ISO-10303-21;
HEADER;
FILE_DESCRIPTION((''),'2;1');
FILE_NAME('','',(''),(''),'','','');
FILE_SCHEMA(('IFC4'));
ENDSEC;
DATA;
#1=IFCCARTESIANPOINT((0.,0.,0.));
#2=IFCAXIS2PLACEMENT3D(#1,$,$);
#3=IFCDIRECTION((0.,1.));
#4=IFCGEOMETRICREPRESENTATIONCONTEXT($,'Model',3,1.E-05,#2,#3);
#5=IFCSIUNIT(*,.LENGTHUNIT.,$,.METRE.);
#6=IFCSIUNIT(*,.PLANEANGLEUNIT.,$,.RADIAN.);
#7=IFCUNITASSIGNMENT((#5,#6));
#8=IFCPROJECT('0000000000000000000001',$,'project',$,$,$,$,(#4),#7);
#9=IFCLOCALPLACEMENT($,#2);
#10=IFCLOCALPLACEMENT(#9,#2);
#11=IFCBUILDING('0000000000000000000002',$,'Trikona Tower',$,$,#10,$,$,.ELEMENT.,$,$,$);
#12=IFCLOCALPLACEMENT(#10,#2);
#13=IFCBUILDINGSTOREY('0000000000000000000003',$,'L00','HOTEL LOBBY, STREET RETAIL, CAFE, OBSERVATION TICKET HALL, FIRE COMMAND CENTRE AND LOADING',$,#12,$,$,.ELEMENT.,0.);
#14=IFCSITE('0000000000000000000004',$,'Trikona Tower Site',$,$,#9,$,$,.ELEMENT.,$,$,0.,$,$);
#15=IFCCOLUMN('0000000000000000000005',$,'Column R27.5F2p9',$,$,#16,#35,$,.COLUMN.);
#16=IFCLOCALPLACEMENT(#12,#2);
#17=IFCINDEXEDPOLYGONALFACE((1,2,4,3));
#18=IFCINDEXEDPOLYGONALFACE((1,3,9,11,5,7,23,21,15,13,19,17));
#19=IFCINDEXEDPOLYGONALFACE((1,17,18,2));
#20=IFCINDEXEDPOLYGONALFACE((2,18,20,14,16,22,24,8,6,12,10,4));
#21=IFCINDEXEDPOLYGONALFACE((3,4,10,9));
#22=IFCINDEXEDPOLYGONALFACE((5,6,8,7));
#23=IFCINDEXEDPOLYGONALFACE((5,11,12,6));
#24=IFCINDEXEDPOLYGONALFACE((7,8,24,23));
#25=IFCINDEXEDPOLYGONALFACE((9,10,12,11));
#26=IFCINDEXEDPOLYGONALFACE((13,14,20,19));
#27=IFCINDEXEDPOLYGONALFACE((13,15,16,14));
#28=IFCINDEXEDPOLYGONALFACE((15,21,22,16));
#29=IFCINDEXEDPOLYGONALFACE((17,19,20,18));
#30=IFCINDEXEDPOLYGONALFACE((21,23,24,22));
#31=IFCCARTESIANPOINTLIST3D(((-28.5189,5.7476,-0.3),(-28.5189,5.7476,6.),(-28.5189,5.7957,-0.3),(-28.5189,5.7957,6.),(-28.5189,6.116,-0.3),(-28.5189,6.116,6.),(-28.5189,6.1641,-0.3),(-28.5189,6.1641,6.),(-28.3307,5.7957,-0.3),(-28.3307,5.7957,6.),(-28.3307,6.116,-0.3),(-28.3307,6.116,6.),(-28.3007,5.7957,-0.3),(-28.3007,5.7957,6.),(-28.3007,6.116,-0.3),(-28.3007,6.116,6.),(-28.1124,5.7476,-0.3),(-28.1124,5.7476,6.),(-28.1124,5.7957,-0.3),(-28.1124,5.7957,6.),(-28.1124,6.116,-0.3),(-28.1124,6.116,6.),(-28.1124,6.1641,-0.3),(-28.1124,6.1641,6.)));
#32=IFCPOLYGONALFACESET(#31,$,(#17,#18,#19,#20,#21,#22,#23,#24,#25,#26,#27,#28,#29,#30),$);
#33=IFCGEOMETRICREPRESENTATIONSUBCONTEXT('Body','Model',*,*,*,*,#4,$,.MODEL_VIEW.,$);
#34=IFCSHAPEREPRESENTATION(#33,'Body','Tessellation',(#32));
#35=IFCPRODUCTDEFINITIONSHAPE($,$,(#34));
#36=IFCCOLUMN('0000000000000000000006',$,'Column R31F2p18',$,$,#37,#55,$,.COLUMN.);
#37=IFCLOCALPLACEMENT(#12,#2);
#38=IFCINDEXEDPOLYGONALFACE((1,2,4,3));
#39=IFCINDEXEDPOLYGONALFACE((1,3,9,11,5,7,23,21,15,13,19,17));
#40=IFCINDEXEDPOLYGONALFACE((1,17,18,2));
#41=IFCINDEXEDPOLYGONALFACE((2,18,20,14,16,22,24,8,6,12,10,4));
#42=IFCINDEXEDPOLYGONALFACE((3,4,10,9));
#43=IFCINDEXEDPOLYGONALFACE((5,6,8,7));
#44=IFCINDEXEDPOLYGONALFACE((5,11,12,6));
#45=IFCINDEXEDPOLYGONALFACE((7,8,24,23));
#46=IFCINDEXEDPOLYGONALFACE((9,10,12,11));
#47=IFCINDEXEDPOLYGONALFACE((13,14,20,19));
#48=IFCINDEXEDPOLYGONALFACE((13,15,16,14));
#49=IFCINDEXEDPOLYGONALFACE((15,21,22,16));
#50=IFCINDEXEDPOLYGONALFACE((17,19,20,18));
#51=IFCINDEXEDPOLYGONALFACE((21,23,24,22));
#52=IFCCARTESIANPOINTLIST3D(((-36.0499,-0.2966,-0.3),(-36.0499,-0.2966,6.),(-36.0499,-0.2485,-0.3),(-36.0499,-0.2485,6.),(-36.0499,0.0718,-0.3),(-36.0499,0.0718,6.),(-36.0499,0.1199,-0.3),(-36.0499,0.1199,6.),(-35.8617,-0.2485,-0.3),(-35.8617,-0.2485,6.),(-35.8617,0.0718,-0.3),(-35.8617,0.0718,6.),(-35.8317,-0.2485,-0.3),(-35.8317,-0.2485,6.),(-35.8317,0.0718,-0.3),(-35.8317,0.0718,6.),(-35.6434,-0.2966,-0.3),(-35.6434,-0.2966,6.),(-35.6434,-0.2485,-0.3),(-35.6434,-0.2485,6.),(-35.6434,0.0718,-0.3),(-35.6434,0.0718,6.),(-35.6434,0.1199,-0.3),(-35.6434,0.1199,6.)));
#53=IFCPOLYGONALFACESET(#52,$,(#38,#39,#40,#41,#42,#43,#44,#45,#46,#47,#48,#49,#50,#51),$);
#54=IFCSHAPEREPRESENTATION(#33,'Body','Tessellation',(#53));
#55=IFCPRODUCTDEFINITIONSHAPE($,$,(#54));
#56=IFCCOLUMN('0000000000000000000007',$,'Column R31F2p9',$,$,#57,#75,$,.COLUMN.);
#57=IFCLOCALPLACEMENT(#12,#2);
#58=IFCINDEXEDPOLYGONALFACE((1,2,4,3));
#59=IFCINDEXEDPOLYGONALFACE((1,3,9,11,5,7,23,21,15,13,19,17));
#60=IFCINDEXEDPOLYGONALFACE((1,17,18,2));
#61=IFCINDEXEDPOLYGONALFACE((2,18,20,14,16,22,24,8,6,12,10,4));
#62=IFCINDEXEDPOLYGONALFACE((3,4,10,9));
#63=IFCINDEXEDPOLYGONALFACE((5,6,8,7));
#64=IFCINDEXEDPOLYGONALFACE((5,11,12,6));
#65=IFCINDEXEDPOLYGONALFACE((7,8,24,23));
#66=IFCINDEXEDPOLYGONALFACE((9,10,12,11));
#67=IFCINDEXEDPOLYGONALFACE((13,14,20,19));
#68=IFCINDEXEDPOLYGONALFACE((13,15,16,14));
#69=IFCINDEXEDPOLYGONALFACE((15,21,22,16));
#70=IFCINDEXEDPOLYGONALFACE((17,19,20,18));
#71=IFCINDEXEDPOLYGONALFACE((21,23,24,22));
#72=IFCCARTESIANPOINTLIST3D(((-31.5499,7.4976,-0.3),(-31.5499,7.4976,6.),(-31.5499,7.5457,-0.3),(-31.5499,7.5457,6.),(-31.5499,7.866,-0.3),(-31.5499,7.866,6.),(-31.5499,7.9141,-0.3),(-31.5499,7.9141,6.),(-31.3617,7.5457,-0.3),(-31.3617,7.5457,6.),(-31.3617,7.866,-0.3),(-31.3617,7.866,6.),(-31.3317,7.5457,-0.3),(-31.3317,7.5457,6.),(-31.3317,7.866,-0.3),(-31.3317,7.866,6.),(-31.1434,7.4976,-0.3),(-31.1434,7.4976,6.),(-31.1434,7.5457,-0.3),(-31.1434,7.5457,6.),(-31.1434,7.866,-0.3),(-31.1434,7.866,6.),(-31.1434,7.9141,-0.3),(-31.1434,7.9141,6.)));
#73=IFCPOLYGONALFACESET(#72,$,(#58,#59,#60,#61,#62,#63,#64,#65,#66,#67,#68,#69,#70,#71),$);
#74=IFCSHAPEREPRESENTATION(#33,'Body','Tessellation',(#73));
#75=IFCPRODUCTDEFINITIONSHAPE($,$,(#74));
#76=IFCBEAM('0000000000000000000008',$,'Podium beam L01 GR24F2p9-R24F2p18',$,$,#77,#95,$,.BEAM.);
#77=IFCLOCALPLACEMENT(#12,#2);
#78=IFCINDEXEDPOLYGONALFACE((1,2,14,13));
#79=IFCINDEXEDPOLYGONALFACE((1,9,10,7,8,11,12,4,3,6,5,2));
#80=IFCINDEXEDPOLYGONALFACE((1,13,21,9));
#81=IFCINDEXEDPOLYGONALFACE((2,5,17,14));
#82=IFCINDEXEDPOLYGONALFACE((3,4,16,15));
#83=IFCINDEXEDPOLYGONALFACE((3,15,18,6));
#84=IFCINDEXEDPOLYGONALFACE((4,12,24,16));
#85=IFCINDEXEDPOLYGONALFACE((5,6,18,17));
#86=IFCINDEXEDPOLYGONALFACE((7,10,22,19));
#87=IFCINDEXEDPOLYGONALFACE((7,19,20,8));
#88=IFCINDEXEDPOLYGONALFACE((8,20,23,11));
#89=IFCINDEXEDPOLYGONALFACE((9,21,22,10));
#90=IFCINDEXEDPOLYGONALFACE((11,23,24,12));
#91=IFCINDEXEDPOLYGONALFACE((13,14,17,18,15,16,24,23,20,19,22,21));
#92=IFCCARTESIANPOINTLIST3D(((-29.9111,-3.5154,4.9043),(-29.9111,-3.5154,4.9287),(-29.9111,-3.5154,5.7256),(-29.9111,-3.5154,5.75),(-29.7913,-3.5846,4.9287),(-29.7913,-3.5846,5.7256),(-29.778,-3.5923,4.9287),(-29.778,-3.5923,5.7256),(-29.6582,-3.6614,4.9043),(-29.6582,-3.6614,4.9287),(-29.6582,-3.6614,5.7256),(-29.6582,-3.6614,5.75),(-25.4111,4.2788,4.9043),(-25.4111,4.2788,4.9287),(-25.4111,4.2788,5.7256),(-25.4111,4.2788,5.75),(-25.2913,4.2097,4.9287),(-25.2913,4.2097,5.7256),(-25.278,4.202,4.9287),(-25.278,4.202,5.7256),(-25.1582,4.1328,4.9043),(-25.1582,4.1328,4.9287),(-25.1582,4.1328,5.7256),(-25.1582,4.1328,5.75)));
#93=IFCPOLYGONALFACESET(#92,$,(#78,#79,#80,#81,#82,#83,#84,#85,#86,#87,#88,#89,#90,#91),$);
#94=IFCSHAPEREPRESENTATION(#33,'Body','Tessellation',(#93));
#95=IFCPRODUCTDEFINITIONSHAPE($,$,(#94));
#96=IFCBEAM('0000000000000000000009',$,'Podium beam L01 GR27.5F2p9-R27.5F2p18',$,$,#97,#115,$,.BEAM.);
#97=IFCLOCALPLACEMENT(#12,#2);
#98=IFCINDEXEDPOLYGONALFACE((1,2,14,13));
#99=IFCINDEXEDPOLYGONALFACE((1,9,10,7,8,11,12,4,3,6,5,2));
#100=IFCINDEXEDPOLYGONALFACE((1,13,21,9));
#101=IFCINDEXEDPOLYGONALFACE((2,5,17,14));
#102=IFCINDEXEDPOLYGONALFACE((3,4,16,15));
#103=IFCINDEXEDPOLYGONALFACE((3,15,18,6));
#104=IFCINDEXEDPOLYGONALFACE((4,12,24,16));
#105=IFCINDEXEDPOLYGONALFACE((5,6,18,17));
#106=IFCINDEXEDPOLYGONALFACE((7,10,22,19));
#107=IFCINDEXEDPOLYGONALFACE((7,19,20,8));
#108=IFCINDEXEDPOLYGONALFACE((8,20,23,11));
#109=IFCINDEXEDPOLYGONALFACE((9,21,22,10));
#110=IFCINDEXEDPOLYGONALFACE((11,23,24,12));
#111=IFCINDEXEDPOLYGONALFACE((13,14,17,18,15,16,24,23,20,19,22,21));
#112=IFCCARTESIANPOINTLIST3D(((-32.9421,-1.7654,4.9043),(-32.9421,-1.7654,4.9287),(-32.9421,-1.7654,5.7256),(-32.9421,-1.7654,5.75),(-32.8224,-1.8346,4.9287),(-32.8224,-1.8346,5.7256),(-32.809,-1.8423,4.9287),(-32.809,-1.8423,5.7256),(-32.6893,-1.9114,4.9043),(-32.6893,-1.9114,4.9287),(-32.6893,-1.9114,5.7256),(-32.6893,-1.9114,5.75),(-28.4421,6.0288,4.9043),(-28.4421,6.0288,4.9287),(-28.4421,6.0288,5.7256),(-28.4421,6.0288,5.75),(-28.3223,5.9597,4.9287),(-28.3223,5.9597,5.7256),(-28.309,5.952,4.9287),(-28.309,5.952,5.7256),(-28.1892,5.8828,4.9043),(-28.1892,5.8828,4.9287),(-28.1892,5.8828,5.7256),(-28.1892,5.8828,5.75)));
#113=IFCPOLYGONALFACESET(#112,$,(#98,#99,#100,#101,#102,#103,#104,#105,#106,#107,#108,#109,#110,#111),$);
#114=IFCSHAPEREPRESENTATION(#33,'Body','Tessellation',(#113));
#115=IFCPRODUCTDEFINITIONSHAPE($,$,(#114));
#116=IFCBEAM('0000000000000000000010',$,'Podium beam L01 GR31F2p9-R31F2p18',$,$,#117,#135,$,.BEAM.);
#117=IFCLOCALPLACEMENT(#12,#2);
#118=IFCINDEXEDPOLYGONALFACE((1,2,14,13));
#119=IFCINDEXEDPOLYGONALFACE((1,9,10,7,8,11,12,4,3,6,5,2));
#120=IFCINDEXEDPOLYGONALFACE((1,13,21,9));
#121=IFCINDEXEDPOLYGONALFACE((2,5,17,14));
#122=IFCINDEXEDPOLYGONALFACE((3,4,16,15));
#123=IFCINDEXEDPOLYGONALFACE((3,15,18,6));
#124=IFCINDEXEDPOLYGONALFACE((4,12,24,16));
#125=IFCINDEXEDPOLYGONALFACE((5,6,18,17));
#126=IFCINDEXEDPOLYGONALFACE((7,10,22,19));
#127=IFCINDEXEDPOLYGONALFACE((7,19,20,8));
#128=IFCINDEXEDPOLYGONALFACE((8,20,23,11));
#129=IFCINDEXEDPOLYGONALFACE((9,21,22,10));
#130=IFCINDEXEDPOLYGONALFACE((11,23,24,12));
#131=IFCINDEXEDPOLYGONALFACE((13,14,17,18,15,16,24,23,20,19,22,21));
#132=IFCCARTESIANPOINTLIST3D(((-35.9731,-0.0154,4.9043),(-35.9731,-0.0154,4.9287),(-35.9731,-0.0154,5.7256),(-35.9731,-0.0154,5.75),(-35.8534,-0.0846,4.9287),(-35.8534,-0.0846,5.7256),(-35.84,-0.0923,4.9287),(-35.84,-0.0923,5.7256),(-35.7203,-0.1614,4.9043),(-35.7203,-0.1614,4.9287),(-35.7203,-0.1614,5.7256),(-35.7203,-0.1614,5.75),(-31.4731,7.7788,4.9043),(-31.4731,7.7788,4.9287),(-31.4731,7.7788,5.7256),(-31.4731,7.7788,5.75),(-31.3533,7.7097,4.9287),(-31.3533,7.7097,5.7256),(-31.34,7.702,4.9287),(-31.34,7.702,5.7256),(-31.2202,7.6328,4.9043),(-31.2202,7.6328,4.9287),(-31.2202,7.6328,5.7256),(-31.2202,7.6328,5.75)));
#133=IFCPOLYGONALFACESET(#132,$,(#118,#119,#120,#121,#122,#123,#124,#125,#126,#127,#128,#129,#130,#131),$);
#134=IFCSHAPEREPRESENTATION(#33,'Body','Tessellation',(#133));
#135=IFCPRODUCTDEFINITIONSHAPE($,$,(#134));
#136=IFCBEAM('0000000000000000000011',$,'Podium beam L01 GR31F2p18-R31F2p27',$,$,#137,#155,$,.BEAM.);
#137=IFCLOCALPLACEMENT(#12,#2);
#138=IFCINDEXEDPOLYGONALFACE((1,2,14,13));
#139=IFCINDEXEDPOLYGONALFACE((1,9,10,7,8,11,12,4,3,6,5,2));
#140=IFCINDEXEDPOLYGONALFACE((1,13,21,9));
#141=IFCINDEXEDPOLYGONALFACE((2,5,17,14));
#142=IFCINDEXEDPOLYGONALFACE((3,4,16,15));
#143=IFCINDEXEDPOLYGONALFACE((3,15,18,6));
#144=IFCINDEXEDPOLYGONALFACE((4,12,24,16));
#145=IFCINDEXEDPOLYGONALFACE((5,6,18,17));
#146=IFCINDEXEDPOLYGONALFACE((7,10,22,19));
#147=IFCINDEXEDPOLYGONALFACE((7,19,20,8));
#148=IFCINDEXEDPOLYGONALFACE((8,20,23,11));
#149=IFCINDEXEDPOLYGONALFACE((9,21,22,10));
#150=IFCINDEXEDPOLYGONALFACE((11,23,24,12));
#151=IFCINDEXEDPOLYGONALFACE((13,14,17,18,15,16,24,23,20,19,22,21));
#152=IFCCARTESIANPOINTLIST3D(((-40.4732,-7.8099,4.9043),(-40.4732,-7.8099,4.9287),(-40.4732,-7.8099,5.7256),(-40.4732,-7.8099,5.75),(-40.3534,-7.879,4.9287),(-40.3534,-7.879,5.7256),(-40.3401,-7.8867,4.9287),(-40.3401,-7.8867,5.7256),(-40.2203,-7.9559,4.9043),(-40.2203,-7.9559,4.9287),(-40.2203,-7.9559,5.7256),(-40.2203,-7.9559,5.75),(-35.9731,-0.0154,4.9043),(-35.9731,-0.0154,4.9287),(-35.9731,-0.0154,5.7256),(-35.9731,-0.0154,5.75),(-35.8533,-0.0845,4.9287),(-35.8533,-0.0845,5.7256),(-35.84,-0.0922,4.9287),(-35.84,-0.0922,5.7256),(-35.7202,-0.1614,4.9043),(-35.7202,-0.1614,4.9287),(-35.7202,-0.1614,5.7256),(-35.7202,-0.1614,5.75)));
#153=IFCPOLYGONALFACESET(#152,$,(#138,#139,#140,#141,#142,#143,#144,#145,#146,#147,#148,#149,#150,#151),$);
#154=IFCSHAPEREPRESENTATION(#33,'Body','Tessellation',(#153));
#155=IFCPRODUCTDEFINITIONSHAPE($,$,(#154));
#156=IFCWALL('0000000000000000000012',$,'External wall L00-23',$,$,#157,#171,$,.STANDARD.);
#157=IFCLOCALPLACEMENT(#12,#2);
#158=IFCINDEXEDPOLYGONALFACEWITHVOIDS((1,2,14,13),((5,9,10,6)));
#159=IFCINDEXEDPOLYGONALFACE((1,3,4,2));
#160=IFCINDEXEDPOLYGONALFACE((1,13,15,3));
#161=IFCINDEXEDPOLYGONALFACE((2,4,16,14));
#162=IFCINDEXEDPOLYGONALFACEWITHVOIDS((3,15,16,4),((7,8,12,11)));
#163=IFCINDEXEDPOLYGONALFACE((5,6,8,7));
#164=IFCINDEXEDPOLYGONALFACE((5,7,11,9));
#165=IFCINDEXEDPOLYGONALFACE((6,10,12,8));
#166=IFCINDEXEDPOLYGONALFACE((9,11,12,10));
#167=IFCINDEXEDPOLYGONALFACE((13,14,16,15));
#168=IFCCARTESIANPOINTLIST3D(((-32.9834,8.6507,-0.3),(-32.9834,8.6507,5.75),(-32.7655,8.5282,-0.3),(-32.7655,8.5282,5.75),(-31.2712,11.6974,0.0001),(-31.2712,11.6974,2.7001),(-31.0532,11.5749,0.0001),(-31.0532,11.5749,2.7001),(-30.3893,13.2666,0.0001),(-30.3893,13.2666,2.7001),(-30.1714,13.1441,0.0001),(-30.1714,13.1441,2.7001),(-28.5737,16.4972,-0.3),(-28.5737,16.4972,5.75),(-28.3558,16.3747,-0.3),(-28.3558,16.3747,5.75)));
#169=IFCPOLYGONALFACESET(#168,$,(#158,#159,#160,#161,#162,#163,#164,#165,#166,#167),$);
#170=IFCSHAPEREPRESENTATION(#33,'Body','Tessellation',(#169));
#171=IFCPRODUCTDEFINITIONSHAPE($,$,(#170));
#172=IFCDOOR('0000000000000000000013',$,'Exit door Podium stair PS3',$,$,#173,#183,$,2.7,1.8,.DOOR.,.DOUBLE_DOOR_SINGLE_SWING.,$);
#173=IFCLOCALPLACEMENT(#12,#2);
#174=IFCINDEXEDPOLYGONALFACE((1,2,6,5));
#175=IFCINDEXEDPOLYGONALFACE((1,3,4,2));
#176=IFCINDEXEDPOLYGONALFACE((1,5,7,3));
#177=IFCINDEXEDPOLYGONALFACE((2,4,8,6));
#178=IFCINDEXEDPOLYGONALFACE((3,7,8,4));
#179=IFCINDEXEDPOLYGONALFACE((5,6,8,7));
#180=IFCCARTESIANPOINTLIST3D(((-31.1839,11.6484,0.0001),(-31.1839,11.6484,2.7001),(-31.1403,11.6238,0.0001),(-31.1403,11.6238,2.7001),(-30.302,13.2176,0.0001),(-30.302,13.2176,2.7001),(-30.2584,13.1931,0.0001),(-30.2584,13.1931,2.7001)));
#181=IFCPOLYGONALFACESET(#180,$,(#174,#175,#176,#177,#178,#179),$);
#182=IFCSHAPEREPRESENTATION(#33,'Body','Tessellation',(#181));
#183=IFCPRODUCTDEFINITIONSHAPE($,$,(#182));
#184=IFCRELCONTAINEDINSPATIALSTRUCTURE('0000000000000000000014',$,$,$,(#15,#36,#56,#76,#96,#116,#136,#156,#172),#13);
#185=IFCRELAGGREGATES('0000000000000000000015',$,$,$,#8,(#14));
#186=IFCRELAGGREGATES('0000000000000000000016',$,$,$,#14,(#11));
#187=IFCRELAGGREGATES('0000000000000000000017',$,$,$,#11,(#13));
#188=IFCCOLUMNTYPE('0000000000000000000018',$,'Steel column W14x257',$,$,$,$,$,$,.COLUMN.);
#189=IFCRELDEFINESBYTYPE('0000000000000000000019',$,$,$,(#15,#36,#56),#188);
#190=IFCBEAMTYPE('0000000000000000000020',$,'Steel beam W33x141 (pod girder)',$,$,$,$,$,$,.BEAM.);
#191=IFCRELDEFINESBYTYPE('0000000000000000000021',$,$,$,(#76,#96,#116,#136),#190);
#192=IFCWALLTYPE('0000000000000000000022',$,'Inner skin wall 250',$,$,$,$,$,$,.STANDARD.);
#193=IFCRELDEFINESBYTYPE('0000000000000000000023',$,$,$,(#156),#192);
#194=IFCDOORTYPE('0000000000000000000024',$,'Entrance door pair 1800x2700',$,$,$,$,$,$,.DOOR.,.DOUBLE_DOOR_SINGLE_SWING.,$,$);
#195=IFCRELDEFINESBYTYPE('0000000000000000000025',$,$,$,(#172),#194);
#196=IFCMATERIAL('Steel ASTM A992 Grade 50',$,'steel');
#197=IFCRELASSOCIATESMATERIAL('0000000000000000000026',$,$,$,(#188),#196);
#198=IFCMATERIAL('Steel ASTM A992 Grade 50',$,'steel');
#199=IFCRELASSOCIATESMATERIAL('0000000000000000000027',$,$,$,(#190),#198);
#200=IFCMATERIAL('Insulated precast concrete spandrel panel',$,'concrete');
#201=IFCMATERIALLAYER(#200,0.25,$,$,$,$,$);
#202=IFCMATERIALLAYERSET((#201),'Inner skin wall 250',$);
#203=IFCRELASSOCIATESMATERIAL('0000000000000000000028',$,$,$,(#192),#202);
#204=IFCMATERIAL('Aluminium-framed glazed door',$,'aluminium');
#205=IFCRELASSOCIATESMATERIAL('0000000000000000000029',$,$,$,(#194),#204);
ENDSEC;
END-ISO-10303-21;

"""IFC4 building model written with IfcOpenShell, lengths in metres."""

from ifc_helpers import new_model, si_unit, direction, frame, frame_2d, origin, origin_2d, place, context, subcontext, project, spatial, rectangle, i_section, extrude, material, layer, layer_set, material_profile, profile_set, type_object, element, fill, save


model = new_model("IFC4")

# Units and contexts
model_context = context("Model", 3, precision=1e-05, world=origin(), true_north=direction((0.0, 1.0)))
body_context = subcontext(model_context, "Body", "Model", "MODEL_VIEW")
ifc_project = project(units=[si_unit("LENGTHUNIT", "METRE"), si_unit("PLANEANGLEUNIT", "RADIAN")], contexts=[model_context])

# Site, building, storey
site_placement = place(None, origin())
site = spatial("IfcSite", under=ifc_project, at=site_placement, Name="Trikona Tower Site", CompositionType="ELEMENT", RefElevation=0.0)
building_placement = place(site_placement, origin())
building = spatial("IfcBuilding", under=site, at=building_placement, Name="Trikona Tower", CompositionType="ELEMENT")
storey_placement = place(building_placement, origin())
storey = spatial("IfcBuildingStorey", under=building, at=storey_placement, Name="L00", Description="HOTEL LOBBY, STREET RETAIL, CAFE, OBSERVATION TICKET HALL, FIRE COMMAND CENTRE AND LOADING", CompositionType="ELEMENT", Elevation=0.0)

# Columns
ifc_material_1 = material(Name="Steel ASTM A992 Grade 50", Category="steel")
ifc_material_profile_1 = material_profile(ifc_material_1, i_section(OverallWidth=0.4065, OverallDepth=0.4165, WebThickness=0.03, FlangeThickness=0.0481, at=origin_2d()), Name="W14X257")
ifc_profile_set_1 = profile_set([ifc_material_profile_1], Name="Steel ASTM A992 Grade 50")
column_type = type_object("IfcColumnType", Name="Steel column W14x257", PredefinedType="COLUMN", material=ifc_profile_set_1)
for number, where, z_axis, x_axis, name in (
    (1, (-28.3157, 5.9558, -0.3), (0.0, 0.0, 1.0), (1.0, 0.0, 0.0), "Column R27.5F2p9"),
    (2, (-35.8467, -0.0884, -0.3), (0.0, 0.0, 1.0), (1.0, 0.0, 0.0), "Column R31F2p18"),
    (3, (-31.3467, 7.7058, -0.3), (0.0, 0.0, 1.0), (1.0, 0.0, 0.0), "Column R31F2p9"),
):
    element("IfcColumn", number, at=place(storey_placement, frame(where, z_axis=z_axis, x_axis=x_axis)), inside=storey, type_object=column_type, Name=name, PredefinedType="COLUMN", context=body_context, shape_type="SweptSolid", body=[
        extrude(i_section(OverallWidth=0.4065, OverallDepth=0.4165, WebThickness=0.03, FlangeThickness=0.0481, at=origin_2d()), origin(), (0.0, 0.0, 1.0), 6.3),
    ])

# Beams
ifc_material_2 = material(Name="Steel ASTM A992 Grade 50", Category="steel")
ifc_material_profile_2 = material_profile(ifc_material_2, i_section(OverallWidth=0.292, OverallDepth=0.8457, WebThickness=0.0154, FlangeThickness=0.0244, at=origin_2d()), Name="W33X141")
ifc_profile_set_2 = profile_set([ifc_material_profile_2], Name="Steel ASTM A992 Grade 50")
beam_type = type_object("IfcBeamType", Name="Steel beam W33x141 (pod girder)", PredefinedType="BEAM", material=ifc_profile_set_2)
for number, where, z_axis, x_axis, name in (
    (4, (-25.2847, 4.2058, 5.3271), (-0.500002, -0.866024, 0.0), (0.866024, -0.500002, 0.0), "Podium beam L01 GR24F2p9-R24F2p18"),
    (5, (-28.3157, 5.9558, 5.3271), (-0.500002, -0.866024, 0.0), (0.866024, -0.500002, 0.0), "Podium beam L01 GR27.5F2p9-R27.5F2p18"),
    (6, (-31.3467, 7.7058, 5.3271), (-0.500002, -0.866024, 0.0), (0.866024, -0.500002, 0.0), "Podium beam L01 GR31F2p9-R31F2p18"),
):
    element("IfcBeam", number, at=place(storey_placement, frame(where, z_axis=z_axis, x_axis=x_axis)), inside=storey, type_object=beam_type, Name=name, PredefinedType="BEAM", context=body_context, shape_type="SweptSolid", body=[
        extrude(i_section(OverallWidth=0.292, OverallDepth=0.8457, WebThickness=0.0154, FlangeThickness=0.0244, at=origin_2d()), origin(), (0.0, 0.0, 1.0), 9.0),
    ])
beam_placement = place(storey_placement, frame((-35.8467, -0.0884, 5.3271), z_axis=(-0.49999, -0.866031, 0.0), x_axis=(0.866031, -0.49999, 0.0)))
element("IfcBeam", 7, at=beam_placement, inside=storey, type_object=beam_type, Name="Podium beam L01 GR31F2p18-R31F2p27", PredefinedType="BEAM", context=body_context, shape_type="SweptSolid", body=[
    extrude(i_section(OverallWidth=0.292, OverallDepth=0.8457, WebThickness=0.0154, FlangeThickness=0.0244, at=origin_2d()), origin(), (0.0, 0.0, 1.0), 9.0002),
])

# Wall, opening, door
ifc_material_3 = material(Name="Insulated precast concrete spandrel panel", Category="concrete")
ifc_layer = layer(ifc_material_3, 0.25)
ifc_layer_set = layer_set([ifc_layer], Name="Inner skin wall 250")
wall_type = type_object("IfcWallType", Name="Inner skin wall 250", PredefinedType="STANDARD", material=ifc_layer_set)
wall_1_placement = place(storey_placement, frame((-32.8745, 8.5894, -0.3), z_axis=(0.0, 0.0, 1.0), x_axis=(0.489928, 0.871763, 0.0)))
wall_1 = element("IfcWall", 8, at=wall_1_placement, inside=storey, type_object=wall_type, Name="External wall L00-23", PredefinedType="STANDARD", context=body_context, shape_type="SweptSolid", body=[
    extrude(rectangle(XDim=9.0007, YDim=0.25, at=frame_2d((4.5005, 0.0))), origin(), (0.0, 0.0, 1.0), 6.05),
])
opening_1_placement = place(wall_1_placement, frame((3.4951, 0.0, 0.3)))
opening_1 = element("IfcOpeningElement", 9, at=opening_1_placement, cuts=wall_1, PredefinedType="OPENING", context=body_context, shape_type="SweptSolid", body=[
    extrude(rectangle(XDim=1.8, YDim=2.7, at=frame_2d((0.8999, 1.3501))), frame((0.0, 0.135, 0.0), z_axis=(0.0, -1.0, 0.0), x_axis=(1.0, 0.0, 0.0)), (0.0, 0.0, 1.0), 0.27),
])
ifc_material_4 = material(Name="Aluminium-framed glazed door", Category="aluminium")
door_type = type_object("IfcDoorType", Name="Entrance door pair 1800x2700", OperationType="DOUBLE_DOOR_SINGLE_SWING", PredefinedType="DOOR", material=ifc_material_4)
door_1_placement = place(opening_1_placement, origin())
door_1 = element("IfcDoor", 10, at=door_1_placement, inside=storey, type_object=door_type, Name="Exit door Podium stair PS3", OperationType="DOUBLE_DOOR_SINGLE_SWING", OverallHeight=2.7, OverallWidth=1.8, PredefinedType="DOOR", context=body_context, shape_type="SweptSolid", body=[
    extrude(rectangle(XDim=1.8, YDim=2.7, at=frame_2d((0.8999, 1.3501))), frame((0.0, 0.0249, 0.0), z_axis=(0.0, -1.0, 0.0), x_axis=(1.0, 0.0, 0.0)), (0.0, 0.0, 1.0), 0.05),
])
fill(opening_1, door_1)

save(model, "model.ifc")
